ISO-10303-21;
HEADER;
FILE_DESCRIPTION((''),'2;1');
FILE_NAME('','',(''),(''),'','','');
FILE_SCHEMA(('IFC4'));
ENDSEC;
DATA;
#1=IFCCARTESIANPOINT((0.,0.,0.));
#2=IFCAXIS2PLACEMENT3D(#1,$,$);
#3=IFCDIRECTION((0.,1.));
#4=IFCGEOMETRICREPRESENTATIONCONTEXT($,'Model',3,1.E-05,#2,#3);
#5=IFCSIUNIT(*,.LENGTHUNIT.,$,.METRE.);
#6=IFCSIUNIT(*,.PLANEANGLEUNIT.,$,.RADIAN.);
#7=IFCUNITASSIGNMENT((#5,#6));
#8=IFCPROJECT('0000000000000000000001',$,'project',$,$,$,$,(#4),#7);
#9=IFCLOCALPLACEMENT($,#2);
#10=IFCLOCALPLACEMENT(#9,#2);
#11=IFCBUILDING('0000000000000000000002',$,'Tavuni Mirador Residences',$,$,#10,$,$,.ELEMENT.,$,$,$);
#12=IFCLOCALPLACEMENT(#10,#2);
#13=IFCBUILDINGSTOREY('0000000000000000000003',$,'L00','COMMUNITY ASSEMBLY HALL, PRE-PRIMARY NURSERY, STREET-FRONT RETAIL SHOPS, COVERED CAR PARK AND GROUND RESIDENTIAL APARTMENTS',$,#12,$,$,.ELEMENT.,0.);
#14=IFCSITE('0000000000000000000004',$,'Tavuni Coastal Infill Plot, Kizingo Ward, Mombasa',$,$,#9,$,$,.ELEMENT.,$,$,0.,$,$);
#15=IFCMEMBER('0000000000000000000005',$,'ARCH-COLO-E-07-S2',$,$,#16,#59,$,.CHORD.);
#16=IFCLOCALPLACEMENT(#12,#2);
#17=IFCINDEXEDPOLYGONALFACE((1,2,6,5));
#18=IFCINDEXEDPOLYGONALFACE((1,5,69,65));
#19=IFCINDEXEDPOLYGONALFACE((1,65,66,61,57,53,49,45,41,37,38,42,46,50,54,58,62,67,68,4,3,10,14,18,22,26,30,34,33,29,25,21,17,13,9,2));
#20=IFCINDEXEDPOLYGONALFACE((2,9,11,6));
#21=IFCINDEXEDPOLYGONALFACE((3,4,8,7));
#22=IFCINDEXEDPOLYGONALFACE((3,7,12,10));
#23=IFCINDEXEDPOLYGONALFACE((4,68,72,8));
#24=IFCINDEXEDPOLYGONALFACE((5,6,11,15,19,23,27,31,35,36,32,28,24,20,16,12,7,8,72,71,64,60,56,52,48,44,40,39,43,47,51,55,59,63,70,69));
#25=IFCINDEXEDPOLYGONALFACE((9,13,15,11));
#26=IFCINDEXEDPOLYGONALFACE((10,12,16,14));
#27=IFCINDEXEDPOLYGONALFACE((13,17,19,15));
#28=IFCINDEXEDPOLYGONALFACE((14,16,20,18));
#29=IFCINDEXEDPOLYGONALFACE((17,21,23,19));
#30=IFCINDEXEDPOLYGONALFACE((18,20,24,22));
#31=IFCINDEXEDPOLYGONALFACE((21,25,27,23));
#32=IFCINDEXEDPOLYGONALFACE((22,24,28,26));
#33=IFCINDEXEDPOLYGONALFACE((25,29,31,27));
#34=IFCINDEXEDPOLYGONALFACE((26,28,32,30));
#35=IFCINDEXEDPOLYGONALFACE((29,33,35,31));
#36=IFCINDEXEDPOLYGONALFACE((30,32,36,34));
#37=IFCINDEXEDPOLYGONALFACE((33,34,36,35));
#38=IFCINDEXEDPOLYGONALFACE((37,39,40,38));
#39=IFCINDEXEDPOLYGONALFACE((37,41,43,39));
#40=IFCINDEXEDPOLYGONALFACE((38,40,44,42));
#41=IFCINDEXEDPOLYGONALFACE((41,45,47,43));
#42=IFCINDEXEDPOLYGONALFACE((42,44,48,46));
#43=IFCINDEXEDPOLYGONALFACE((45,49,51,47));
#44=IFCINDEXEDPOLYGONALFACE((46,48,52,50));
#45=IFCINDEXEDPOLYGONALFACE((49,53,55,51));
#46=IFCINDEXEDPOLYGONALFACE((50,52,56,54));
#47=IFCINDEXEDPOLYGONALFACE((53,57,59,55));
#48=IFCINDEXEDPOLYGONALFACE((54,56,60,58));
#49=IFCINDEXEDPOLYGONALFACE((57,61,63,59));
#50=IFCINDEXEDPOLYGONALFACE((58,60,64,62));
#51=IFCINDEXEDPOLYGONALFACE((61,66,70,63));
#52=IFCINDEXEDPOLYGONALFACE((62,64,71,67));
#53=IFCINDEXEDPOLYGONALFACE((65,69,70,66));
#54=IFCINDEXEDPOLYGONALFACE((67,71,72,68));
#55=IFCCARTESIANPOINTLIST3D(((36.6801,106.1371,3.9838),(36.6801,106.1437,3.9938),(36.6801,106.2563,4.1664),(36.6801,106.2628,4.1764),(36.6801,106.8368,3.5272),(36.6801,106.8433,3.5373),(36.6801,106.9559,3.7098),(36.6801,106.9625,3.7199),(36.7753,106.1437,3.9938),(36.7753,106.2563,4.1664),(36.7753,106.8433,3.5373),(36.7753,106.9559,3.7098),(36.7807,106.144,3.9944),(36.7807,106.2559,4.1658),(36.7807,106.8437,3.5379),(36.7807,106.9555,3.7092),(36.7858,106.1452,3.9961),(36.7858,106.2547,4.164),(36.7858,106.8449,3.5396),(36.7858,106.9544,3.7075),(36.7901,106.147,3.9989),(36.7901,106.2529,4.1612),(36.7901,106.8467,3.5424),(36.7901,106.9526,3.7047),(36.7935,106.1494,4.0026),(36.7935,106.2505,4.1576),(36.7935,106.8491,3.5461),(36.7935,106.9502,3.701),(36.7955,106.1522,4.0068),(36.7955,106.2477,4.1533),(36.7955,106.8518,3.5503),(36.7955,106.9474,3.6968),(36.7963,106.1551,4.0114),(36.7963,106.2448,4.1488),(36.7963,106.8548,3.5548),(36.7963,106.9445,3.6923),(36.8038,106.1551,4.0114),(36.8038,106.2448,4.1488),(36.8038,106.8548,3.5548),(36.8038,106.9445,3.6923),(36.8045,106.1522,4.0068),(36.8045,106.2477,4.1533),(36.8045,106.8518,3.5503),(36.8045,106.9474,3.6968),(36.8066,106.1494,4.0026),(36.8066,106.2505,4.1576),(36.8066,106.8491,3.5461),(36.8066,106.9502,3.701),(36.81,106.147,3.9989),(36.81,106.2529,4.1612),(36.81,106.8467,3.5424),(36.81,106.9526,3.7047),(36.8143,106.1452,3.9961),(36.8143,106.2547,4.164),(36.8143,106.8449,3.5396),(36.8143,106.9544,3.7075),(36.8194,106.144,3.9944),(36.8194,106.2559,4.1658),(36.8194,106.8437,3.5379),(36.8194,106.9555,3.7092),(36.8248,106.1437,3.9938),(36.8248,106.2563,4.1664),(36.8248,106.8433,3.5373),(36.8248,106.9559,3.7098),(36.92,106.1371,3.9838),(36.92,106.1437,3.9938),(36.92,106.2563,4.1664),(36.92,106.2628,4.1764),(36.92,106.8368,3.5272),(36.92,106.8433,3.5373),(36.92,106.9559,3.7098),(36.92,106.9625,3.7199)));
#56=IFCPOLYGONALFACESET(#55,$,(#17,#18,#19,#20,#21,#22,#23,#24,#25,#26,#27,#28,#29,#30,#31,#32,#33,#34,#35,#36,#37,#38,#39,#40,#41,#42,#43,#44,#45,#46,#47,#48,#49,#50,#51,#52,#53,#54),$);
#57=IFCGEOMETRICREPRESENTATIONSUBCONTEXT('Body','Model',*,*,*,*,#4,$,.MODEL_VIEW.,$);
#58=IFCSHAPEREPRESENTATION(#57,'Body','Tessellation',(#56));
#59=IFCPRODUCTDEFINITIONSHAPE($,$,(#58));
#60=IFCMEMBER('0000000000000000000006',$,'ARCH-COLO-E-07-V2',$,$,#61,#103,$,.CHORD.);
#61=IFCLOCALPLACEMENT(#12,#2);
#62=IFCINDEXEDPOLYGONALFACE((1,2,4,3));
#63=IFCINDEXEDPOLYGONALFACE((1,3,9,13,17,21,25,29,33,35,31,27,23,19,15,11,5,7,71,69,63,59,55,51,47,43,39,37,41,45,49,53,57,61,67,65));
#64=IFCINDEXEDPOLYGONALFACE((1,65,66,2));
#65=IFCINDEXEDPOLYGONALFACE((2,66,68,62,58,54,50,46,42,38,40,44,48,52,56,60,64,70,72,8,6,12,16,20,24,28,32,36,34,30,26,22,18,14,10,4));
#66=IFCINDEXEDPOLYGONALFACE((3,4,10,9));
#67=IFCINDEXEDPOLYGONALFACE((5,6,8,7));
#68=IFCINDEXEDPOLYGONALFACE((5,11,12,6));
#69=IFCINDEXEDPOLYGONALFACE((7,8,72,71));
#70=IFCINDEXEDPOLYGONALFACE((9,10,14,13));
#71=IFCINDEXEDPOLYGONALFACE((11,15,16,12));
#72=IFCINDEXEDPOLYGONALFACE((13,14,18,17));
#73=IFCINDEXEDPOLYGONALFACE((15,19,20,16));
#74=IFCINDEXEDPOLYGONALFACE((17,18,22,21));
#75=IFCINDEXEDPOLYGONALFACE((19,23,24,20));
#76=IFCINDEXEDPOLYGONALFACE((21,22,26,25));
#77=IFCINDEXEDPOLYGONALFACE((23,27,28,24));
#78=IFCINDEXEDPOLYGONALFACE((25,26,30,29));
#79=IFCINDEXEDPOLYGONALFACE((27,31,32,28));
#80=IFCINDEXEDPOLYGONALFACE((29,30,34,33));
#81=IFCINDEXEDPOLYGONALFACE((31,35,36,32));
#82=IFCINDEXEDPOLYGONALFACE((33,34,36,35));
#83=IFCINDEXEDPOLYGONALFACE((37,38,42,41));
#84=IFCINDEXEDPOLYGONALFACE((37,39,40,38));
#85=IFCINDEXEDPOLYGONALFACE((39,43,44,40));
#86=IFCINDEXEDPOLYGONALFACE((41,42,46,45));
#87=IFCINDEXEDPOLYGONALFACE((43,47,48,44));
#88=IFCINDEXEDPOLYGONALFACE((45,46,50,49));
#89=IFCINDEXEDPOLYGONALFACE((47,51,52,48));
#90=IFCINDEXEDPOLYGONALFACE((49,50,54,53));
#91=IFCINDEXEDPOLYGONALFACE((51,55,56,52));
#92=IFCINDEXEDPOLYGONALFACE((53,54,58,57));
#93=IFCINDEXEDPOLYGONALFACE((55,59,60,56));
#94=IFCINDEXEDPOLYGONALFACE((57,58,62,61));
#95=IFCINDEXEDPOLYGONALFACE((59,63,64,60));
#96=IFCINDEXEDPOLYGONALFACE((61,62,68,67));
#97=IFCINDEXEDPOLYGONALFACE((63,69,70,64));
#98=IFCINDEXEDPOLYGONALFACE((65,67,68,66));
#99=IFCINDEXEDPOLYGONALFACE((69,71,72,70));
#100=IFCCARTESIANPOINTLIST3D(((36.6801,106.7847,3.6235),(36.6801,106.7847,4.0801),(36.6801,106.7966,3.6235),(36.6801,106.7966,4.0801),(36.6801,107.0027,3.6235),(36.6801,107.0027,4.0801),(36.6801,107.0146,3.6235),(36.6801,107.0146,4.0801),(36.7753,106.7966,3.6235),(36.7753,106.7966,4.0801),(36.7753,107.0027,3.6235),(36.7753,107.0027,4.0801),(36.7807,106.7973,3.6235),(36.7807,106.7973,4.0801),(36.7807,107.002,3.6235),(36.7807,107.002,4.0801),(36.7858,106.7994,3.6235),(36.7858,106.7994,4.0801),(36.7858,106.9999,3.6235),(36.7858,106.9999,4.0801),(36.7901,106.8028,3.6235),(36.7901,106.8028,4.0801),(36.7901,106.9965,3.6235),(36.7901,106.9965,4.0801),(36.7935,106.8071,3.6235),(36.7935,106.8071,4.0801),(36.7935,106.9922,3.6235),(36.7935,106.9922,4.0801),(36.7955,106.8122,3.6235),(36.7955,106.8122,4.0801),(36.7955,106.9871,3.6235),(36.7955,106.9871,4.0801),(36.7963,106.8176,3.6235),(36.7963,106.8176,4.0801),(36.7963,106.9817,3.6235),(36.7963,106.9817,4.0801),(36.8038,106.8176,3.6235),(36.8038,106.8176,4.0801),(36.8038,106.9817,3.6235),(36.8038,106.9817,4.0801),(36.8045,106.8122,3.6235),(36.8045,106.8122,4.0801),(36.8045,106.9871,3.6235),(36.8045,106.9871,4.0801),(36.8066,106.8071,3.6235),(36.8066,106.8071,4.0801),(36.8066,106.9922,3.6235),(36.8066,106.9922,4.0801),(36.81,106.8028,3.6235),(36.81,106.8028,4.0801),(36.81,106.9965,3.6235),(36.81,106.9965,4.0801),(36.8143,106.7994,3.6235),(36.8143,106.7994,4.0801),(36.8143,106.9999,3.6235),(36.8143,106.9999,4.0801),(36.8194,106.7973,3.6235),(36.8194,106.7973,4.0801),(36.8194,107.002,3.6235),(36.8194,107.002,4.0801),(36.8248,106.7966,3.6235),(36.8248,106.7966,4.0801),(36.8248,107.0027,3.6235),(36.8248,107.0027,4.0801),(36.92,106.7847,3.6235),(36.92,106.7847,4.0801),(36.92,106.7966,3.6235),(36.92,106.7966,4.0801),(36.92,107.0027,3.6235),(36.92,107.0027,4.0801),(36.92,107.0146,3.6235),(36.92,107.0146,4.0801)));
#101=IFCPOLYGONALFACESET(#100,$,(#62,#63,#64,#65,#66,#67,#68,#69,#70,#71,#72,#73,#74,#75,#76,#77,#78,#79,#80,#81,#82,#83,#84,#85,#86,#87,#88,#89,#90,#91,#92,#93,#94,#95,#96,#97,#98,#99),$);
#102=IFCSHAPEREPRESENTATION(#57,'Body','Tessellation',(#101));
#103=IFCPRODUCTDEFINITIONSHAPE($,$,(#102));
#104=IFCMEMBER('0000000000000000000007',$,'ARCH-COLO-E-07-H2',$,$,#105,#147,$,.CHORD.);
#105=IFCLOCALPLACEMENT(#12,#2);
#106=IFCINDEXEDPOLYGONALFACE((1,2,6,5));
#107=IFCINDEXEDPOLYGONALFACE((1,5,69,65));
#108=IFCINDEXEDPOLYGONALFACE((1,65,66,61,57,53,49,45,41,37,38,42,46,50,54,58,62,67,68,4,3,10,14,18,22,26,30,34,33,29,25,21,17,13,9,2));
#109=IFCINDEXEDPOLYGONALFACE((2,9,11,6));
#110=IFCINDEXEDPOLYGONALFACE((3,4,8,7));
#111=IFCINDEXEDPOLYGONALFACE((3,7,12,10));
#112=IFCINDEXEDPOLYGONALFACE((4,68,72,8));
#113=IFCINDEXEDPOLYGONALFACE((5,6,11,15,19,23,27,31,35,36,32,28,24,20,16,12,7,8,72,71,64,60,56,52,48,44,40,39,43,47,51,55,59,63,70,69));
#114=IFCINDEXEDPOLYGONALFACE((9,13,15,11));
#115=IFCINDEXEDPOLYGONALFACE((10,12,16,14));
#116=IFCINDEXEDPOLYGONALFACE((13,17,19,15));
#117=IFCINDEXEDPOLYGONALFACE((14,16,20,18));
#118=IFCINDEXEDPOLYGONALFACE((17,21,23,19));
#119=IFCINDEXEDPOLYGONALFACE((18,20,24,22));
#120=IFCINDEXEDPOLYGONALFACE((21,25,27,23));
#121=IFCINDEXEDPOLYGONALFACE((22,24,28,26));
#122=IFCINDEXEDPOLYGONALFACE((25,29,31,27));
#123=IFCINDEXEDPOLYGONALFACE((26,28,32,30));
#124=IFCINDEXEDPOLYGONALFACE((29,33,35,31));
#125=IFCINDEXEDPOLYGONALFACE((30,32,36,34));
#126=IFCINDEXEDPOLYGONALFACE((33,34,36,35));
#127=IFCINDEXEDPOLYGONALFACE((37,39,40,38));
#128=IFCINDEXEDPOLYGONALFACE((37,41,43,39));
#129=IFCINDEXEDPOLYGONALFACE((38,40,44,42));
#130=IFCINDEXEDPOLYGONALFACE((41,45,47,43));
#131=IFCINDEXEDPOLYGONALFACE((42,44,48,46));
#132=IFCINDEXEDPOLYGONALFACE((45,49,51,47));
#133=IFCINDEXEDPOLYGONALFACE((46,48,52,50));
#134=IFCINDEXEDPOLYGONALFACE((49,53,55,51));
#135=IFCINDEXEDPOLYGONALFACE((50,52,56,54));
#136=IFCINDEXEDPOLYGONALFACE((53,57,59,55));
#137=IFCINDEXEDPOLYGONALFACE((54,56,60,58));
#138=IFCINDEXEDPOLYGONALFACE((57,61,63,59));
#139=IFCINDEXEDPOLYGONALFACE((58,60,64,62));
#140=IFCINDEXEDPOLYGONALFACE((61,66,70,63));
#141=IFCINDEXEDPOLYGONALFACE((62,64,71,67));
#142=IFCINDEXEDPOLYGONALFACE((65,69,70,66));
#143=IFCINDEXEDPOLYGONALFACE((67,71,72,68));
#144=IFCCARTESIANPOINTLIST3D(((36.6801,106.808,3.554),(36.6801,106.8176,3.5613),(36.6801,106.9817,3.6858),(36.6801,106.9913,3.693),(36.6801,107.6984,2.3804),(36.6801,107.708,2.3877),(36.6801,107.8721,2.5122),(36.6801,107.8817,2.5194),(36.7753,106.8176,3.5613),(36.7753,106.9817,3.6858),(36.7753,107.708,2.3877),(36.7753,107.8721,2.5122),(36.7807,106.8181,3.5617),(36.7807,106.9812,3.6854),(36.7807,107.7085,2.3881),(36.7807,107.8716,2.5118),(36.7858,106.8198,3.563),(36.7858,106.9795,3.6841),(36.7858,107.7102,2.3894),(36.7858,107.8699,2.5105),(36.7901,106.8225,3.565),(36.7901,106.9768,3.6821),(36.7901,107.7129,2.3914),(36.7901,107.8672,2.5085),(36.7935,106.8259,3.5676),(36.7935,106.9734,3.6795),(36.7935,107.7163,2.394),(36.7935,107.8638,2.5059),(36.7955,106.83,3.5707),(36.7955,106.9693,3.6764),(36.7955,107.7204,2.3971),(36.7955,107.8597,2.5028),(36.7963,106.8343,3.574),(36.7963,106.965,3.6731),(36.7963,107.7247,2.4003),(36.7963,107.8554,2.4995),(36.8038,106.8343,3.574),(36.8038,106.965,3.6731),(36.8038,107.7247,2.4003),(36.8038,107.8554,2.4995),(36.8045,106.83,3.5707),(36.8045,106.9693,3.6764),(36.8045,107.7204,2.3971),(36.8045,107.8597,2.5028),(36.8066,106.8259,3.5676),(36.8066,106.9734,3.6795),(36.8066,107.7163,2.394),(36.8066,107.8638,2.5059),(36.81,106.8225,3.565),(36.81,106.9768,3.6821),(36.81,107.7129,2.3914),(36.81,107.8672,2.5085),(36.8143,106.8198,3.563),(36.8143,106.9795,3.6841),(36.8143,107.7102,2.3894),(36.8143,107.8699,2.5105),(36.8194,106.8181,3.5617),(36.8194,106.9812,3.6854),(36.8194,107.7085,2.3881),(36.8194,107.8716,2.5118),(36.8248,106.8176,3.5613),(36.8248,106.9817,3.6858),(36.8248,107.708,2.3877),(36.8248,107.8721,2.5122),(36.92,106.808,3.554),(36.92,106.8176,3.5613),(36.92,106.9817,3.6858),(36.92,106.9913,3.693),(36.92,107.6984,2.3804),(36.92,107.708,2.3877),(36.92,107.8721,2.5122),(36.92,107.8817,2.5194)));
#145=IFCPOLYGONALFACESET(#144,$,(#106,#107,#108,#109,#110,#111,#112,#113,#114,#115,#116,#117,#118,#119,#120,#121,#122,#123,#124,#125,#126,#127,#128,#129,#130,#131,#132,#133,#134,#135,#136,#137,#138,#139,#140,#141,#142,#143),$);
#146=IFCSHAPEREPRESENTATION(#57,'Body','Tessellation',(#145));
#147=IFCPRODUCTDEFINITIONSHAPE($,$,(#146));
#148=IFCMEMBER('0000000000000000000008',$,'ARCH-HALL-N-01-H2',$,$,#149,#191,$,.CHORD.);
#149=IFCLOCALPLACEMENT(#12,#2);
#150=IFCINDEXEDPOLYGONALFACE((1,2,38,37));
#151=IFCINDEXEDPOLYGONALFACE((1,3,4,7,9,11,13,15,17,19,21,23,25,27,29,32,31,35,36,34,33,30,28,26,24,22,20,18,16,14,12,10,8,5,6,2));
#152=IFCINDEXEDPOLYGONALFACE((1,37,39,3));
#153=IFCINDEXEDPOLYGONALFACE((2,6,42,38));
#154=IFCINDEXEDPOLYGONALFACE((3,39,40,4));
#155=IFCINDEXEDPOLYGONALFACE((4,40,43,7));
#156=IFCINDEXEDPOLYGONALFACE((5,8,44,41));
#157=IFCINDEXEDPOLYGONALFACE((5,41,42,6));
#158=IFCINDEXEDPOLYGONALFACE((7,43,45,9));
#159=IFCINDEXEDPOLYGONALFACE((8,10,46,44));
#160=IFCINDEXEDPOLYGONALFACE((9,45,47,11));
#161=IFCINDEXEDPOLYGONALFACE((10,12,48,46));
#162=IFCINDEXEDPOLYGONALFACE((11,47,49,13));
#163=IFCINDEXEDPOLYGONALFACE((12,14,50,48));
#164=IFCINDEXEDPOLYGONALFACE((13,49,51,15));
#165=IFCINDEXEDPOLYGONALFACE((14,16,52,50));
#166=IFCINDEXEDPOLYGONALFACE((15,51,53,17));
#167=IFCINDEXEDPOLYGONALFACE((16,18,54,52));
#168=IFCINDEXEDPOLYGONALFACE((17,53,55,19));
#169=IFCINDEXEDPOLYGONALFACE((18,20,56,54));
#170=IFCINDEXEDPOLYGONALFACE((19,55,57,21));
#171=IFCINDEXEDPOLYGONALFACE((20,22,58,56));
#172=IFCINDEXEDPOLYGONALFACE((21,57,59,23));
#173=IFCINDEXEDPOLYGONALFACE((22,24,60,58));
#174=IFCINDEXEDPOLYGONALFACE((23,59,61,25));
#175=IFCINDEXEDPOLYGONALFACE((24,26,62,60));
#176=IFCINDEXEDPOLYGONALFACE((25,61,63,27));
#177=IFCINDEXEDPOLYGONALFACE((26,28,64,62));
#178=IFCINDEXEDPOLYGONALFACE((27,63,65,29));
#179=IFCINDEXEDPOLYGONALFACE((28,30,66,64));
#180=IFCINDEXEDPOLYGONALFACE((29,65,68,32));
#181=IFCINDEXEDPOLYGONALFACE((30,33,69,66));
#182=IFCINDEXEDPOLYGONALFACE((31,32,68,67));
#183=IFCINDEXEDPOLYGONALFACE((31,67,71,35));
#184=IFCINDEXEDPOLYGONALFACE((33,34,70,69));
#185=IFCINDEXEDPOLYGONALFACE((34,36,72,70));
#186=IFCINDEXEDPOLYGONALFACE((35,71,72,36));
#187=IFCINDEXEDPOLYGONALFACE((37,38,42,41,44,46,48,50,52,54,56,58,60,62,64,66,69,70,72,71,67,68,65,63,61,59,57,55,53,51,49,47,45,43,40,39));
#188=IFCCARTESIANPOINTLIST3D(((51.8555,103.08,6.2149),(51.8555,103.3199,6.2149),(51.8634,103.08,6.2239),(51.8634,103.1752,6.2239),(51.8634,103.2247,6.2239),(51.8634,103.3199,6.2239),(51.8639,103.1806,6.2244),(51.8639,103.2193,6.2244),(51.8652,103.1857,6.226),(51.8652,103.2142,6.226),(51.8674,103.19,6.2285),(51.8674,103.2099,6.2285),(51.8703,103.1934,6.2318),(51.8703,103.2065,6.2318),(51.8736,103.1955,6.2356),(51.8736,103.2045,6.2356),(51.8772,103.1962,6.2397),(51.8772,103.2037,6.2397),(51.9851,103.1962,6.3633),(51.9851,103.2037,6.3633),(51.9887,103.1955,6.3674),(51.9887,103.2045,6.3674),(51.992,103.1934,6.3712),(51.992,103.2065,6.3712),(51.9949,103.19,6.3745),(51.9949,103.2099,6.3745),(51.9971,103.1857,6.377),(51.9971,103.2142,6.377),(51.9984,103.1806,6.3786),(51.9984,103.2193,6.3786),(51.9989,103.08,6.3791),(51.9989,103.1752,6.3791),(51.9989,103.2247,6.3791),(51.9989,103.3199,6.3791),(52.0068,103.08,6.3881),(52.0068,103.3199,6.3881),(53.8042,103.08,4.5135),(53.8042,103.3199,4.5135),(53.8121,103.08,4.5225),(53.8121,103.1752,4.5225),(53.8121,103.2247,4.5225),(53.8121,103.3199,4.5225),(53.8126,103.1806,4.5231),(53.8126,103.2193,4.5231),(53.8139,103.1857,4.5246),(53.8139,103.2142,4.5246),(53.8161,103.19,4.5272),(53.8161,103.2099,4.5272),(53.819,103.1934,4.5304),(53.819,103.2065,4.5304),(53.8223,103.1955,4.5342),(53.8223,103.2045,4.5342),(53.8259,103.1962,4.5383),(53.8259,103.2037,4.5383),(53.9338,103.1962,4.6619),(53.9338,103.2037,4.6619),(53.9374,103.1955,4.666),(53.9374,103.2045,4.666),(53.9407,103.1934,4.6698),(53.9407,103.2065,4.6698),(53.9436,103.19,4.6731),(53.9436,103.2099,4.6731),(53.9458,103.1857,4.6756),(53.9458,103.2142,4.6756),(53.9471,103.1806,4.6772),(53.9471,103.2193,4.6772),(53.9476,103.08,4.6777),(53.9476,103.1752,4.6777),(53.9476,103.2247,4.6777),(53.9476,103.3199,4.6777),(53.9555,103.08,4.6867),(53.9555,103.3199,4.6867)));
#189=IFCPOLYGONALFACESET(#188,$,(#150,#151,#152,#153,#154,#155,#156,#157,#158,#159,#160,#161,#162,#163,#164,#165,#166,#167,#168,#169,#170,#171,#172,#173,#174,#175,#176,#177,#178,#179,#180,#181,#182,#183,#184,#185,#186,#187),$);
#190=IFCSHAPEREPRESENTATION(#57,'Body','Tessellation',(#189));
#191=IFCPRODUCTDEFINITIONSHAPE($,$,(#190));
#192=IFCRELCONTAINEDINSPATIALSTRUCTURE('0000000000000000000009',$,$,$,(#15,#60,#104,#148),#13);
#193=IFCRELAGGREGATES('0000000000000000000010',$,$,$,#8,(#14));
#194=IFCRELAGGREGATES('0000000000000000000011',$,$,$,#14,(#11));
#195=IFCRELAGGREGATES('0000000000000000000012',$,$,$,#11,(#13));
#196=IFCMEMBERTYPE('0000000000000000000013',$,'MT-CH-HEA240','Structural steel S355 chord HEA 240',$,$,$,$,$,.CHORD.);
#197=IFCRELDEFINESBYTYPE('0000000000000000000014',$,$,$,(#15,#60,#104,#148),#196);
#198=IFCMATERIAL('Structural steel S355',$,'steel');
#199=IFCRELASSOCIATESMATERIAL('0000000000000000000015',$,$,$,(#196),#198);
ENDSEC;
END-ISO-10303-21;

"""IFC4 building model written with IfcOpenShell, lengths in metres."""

from ifc_helpers import new_model, si_unit, direction, frame, origin, origin_2d, place, context, subcontext, project, spatial, i_section, extrude, material, material_profile, profile_set, type_object, element, save


model = new_model("IFC4")

# Units and contexts
model_context = context("Model", 3, precision=1e-05, world=origin(), true_north=direction((0.0, 1.0)))
body_context = subcontext(model_context, "Body", "Model", "MODEL_VIEW")
ifc_project = project(units=[si_unit("LENGTHUNIT", "METRE"), si_unit("PLANEANGLEUNIT", "RADIAN")], contexts=[model_context])

# Site, building, storey
site_placement = place(None, origin())
site = spatial("IfcSite", under=ifc_project, at=site_placement, Name="Tavuni Coastal Infill Plot, Kizingo Ward, Mombasa", CompositionType="ELEMENT", RefElevation=0.0)
building_placement = place(site_placement, origin())
building = spatial("IfcBuilding", under=site, at=building_placement, Name="Tavuni Mirador Residences", CompositionType="ELEMENT")
storey_placement = place(building_placement, origin())
storey = spatial("IfcBuildingStorey", under=building, at=storey_placement, Name="L00", Description="COMMUNITY ASSEMBLY HALL, PRE-PRIMARY NURSERY, STREET-FRONT RETAIL SHOPS, COVERED CAR PARK AND GROUND RESIDENTIAL APARTMENTS", CompositionType="ELEMENT", Elevation=0.0)

# Members
ifc_material_1 = material(Name="Structural steel S355", Category="steel")
ifc_material_profile_1 = material_profile(ifc_material_1, i_section(OverallWidth=0.24, OverallDepth=0.23, WebThickness=0.0076, FlangeThickness=0.012, FilletRadius=0.021, at=origin_2d()), Name="HEA 240", Category="steel")
ifc_profile_set_1 = profile_set([ifc_material_profile_1], Name="Structural steel S355")
member_type_1 = type_object("IfcMemberType", Name="MT-CH-HEA240", Description="Structural steel S355 chord HEA 240", PredefinedType="CHORD", material=ifc_profile_set_1)
member_1_placement = place(storey_placement, frame((36.8, 106.2, 4.0801), z_axis=(0.0, 0.837494, -0.546446), x_axis=(-1.0, 0.0, 0.0)))
element("IfcMember", 1, at=member_1_placement, inside=storey, type_object=member_type_1, Name="ARCH-COLO-E-07-S2", PredefinedType="CHORD", context=body_context, shape_type="SweptSolid", body=[
    extrude(i_section(OverallWidth=0.24, OverallDepth=0.23, WebThickness=0.0076, FlangeThickness=0.012, FilletRadius=0.021, at=origin_2d()), origin(), (0.0, 0.0, 1.0), 0.8354),
])
member_2_placement = place(storey_placement, frame((36.8, 106.8997, 3.6235), z_axis=(0.0, 0.0, 1.0), x_axis=(1.0, 0.0, 0.0)))
element("IfcMember", 2, at=member_2_placement, inside=storey, type_object=member_type_1, Name="ARCH-COLO-E-07-V2", PredefinedType="CHORD", context=body_context, shape_type="SweptSolid", body=[
    extrude(i_section(OverallWidth=0.24, OverallDepth=0.23, WebThickness=0.0076, FlangeThickness=0.012, FilletRadius=0.021, at=origin_2d()), origin(), (0.0, 0.0, 1.0), 0.4565),
])
member_3_placement = place(storey_placement, frame((36.8, 106.8997, 3.6235), z_axis=(0.0, 0.604419, -0.796667), x_axis=(-1.0, 0.0, 0.0)))
element("IfcMember", 3, at=member_3_placement, inside=storey, type_object=member_type_1, Name="ARCH-COLO-E-07-H2", PredefinedType="CHORD", context=body_context, shape_type="SweptSolid", body=[
    extrude(i_section(OverallWidth=0.24, OverallDepth=0.23, WebThickness=0.0076, FlangeThickness=0.012, FilletRadius=0.021, at=origin_2d()), origin(), (0.0, 0.0, 1.0), 1.4731),
])
member_4_placement = place(storey_placement, frame((51.9312, 103.2, 6.3015), z_axis=(0.753289, 0.0, -0.657689), x_axis=(0.0, 1.0, 0.0)))
element("IfcMember", 4, at=member_4_placement, inside=storey, type_object=member_type_1, Name="ARCH-HALL-N-01-H2", PredefinedType="CHORD", context=body_context, shape_type="SweptSolid", body=[
    extrude(i_section(OverallWidth=0.24, OverallDepth=0.23, WebThickness=0.0076, FlangeThickness=0.012, FilletRadius=0.021, at=origin_2d()), origin(), (0.0, 0.0, 1.0), 2.5869),
])

save(model, "model.ifc")
